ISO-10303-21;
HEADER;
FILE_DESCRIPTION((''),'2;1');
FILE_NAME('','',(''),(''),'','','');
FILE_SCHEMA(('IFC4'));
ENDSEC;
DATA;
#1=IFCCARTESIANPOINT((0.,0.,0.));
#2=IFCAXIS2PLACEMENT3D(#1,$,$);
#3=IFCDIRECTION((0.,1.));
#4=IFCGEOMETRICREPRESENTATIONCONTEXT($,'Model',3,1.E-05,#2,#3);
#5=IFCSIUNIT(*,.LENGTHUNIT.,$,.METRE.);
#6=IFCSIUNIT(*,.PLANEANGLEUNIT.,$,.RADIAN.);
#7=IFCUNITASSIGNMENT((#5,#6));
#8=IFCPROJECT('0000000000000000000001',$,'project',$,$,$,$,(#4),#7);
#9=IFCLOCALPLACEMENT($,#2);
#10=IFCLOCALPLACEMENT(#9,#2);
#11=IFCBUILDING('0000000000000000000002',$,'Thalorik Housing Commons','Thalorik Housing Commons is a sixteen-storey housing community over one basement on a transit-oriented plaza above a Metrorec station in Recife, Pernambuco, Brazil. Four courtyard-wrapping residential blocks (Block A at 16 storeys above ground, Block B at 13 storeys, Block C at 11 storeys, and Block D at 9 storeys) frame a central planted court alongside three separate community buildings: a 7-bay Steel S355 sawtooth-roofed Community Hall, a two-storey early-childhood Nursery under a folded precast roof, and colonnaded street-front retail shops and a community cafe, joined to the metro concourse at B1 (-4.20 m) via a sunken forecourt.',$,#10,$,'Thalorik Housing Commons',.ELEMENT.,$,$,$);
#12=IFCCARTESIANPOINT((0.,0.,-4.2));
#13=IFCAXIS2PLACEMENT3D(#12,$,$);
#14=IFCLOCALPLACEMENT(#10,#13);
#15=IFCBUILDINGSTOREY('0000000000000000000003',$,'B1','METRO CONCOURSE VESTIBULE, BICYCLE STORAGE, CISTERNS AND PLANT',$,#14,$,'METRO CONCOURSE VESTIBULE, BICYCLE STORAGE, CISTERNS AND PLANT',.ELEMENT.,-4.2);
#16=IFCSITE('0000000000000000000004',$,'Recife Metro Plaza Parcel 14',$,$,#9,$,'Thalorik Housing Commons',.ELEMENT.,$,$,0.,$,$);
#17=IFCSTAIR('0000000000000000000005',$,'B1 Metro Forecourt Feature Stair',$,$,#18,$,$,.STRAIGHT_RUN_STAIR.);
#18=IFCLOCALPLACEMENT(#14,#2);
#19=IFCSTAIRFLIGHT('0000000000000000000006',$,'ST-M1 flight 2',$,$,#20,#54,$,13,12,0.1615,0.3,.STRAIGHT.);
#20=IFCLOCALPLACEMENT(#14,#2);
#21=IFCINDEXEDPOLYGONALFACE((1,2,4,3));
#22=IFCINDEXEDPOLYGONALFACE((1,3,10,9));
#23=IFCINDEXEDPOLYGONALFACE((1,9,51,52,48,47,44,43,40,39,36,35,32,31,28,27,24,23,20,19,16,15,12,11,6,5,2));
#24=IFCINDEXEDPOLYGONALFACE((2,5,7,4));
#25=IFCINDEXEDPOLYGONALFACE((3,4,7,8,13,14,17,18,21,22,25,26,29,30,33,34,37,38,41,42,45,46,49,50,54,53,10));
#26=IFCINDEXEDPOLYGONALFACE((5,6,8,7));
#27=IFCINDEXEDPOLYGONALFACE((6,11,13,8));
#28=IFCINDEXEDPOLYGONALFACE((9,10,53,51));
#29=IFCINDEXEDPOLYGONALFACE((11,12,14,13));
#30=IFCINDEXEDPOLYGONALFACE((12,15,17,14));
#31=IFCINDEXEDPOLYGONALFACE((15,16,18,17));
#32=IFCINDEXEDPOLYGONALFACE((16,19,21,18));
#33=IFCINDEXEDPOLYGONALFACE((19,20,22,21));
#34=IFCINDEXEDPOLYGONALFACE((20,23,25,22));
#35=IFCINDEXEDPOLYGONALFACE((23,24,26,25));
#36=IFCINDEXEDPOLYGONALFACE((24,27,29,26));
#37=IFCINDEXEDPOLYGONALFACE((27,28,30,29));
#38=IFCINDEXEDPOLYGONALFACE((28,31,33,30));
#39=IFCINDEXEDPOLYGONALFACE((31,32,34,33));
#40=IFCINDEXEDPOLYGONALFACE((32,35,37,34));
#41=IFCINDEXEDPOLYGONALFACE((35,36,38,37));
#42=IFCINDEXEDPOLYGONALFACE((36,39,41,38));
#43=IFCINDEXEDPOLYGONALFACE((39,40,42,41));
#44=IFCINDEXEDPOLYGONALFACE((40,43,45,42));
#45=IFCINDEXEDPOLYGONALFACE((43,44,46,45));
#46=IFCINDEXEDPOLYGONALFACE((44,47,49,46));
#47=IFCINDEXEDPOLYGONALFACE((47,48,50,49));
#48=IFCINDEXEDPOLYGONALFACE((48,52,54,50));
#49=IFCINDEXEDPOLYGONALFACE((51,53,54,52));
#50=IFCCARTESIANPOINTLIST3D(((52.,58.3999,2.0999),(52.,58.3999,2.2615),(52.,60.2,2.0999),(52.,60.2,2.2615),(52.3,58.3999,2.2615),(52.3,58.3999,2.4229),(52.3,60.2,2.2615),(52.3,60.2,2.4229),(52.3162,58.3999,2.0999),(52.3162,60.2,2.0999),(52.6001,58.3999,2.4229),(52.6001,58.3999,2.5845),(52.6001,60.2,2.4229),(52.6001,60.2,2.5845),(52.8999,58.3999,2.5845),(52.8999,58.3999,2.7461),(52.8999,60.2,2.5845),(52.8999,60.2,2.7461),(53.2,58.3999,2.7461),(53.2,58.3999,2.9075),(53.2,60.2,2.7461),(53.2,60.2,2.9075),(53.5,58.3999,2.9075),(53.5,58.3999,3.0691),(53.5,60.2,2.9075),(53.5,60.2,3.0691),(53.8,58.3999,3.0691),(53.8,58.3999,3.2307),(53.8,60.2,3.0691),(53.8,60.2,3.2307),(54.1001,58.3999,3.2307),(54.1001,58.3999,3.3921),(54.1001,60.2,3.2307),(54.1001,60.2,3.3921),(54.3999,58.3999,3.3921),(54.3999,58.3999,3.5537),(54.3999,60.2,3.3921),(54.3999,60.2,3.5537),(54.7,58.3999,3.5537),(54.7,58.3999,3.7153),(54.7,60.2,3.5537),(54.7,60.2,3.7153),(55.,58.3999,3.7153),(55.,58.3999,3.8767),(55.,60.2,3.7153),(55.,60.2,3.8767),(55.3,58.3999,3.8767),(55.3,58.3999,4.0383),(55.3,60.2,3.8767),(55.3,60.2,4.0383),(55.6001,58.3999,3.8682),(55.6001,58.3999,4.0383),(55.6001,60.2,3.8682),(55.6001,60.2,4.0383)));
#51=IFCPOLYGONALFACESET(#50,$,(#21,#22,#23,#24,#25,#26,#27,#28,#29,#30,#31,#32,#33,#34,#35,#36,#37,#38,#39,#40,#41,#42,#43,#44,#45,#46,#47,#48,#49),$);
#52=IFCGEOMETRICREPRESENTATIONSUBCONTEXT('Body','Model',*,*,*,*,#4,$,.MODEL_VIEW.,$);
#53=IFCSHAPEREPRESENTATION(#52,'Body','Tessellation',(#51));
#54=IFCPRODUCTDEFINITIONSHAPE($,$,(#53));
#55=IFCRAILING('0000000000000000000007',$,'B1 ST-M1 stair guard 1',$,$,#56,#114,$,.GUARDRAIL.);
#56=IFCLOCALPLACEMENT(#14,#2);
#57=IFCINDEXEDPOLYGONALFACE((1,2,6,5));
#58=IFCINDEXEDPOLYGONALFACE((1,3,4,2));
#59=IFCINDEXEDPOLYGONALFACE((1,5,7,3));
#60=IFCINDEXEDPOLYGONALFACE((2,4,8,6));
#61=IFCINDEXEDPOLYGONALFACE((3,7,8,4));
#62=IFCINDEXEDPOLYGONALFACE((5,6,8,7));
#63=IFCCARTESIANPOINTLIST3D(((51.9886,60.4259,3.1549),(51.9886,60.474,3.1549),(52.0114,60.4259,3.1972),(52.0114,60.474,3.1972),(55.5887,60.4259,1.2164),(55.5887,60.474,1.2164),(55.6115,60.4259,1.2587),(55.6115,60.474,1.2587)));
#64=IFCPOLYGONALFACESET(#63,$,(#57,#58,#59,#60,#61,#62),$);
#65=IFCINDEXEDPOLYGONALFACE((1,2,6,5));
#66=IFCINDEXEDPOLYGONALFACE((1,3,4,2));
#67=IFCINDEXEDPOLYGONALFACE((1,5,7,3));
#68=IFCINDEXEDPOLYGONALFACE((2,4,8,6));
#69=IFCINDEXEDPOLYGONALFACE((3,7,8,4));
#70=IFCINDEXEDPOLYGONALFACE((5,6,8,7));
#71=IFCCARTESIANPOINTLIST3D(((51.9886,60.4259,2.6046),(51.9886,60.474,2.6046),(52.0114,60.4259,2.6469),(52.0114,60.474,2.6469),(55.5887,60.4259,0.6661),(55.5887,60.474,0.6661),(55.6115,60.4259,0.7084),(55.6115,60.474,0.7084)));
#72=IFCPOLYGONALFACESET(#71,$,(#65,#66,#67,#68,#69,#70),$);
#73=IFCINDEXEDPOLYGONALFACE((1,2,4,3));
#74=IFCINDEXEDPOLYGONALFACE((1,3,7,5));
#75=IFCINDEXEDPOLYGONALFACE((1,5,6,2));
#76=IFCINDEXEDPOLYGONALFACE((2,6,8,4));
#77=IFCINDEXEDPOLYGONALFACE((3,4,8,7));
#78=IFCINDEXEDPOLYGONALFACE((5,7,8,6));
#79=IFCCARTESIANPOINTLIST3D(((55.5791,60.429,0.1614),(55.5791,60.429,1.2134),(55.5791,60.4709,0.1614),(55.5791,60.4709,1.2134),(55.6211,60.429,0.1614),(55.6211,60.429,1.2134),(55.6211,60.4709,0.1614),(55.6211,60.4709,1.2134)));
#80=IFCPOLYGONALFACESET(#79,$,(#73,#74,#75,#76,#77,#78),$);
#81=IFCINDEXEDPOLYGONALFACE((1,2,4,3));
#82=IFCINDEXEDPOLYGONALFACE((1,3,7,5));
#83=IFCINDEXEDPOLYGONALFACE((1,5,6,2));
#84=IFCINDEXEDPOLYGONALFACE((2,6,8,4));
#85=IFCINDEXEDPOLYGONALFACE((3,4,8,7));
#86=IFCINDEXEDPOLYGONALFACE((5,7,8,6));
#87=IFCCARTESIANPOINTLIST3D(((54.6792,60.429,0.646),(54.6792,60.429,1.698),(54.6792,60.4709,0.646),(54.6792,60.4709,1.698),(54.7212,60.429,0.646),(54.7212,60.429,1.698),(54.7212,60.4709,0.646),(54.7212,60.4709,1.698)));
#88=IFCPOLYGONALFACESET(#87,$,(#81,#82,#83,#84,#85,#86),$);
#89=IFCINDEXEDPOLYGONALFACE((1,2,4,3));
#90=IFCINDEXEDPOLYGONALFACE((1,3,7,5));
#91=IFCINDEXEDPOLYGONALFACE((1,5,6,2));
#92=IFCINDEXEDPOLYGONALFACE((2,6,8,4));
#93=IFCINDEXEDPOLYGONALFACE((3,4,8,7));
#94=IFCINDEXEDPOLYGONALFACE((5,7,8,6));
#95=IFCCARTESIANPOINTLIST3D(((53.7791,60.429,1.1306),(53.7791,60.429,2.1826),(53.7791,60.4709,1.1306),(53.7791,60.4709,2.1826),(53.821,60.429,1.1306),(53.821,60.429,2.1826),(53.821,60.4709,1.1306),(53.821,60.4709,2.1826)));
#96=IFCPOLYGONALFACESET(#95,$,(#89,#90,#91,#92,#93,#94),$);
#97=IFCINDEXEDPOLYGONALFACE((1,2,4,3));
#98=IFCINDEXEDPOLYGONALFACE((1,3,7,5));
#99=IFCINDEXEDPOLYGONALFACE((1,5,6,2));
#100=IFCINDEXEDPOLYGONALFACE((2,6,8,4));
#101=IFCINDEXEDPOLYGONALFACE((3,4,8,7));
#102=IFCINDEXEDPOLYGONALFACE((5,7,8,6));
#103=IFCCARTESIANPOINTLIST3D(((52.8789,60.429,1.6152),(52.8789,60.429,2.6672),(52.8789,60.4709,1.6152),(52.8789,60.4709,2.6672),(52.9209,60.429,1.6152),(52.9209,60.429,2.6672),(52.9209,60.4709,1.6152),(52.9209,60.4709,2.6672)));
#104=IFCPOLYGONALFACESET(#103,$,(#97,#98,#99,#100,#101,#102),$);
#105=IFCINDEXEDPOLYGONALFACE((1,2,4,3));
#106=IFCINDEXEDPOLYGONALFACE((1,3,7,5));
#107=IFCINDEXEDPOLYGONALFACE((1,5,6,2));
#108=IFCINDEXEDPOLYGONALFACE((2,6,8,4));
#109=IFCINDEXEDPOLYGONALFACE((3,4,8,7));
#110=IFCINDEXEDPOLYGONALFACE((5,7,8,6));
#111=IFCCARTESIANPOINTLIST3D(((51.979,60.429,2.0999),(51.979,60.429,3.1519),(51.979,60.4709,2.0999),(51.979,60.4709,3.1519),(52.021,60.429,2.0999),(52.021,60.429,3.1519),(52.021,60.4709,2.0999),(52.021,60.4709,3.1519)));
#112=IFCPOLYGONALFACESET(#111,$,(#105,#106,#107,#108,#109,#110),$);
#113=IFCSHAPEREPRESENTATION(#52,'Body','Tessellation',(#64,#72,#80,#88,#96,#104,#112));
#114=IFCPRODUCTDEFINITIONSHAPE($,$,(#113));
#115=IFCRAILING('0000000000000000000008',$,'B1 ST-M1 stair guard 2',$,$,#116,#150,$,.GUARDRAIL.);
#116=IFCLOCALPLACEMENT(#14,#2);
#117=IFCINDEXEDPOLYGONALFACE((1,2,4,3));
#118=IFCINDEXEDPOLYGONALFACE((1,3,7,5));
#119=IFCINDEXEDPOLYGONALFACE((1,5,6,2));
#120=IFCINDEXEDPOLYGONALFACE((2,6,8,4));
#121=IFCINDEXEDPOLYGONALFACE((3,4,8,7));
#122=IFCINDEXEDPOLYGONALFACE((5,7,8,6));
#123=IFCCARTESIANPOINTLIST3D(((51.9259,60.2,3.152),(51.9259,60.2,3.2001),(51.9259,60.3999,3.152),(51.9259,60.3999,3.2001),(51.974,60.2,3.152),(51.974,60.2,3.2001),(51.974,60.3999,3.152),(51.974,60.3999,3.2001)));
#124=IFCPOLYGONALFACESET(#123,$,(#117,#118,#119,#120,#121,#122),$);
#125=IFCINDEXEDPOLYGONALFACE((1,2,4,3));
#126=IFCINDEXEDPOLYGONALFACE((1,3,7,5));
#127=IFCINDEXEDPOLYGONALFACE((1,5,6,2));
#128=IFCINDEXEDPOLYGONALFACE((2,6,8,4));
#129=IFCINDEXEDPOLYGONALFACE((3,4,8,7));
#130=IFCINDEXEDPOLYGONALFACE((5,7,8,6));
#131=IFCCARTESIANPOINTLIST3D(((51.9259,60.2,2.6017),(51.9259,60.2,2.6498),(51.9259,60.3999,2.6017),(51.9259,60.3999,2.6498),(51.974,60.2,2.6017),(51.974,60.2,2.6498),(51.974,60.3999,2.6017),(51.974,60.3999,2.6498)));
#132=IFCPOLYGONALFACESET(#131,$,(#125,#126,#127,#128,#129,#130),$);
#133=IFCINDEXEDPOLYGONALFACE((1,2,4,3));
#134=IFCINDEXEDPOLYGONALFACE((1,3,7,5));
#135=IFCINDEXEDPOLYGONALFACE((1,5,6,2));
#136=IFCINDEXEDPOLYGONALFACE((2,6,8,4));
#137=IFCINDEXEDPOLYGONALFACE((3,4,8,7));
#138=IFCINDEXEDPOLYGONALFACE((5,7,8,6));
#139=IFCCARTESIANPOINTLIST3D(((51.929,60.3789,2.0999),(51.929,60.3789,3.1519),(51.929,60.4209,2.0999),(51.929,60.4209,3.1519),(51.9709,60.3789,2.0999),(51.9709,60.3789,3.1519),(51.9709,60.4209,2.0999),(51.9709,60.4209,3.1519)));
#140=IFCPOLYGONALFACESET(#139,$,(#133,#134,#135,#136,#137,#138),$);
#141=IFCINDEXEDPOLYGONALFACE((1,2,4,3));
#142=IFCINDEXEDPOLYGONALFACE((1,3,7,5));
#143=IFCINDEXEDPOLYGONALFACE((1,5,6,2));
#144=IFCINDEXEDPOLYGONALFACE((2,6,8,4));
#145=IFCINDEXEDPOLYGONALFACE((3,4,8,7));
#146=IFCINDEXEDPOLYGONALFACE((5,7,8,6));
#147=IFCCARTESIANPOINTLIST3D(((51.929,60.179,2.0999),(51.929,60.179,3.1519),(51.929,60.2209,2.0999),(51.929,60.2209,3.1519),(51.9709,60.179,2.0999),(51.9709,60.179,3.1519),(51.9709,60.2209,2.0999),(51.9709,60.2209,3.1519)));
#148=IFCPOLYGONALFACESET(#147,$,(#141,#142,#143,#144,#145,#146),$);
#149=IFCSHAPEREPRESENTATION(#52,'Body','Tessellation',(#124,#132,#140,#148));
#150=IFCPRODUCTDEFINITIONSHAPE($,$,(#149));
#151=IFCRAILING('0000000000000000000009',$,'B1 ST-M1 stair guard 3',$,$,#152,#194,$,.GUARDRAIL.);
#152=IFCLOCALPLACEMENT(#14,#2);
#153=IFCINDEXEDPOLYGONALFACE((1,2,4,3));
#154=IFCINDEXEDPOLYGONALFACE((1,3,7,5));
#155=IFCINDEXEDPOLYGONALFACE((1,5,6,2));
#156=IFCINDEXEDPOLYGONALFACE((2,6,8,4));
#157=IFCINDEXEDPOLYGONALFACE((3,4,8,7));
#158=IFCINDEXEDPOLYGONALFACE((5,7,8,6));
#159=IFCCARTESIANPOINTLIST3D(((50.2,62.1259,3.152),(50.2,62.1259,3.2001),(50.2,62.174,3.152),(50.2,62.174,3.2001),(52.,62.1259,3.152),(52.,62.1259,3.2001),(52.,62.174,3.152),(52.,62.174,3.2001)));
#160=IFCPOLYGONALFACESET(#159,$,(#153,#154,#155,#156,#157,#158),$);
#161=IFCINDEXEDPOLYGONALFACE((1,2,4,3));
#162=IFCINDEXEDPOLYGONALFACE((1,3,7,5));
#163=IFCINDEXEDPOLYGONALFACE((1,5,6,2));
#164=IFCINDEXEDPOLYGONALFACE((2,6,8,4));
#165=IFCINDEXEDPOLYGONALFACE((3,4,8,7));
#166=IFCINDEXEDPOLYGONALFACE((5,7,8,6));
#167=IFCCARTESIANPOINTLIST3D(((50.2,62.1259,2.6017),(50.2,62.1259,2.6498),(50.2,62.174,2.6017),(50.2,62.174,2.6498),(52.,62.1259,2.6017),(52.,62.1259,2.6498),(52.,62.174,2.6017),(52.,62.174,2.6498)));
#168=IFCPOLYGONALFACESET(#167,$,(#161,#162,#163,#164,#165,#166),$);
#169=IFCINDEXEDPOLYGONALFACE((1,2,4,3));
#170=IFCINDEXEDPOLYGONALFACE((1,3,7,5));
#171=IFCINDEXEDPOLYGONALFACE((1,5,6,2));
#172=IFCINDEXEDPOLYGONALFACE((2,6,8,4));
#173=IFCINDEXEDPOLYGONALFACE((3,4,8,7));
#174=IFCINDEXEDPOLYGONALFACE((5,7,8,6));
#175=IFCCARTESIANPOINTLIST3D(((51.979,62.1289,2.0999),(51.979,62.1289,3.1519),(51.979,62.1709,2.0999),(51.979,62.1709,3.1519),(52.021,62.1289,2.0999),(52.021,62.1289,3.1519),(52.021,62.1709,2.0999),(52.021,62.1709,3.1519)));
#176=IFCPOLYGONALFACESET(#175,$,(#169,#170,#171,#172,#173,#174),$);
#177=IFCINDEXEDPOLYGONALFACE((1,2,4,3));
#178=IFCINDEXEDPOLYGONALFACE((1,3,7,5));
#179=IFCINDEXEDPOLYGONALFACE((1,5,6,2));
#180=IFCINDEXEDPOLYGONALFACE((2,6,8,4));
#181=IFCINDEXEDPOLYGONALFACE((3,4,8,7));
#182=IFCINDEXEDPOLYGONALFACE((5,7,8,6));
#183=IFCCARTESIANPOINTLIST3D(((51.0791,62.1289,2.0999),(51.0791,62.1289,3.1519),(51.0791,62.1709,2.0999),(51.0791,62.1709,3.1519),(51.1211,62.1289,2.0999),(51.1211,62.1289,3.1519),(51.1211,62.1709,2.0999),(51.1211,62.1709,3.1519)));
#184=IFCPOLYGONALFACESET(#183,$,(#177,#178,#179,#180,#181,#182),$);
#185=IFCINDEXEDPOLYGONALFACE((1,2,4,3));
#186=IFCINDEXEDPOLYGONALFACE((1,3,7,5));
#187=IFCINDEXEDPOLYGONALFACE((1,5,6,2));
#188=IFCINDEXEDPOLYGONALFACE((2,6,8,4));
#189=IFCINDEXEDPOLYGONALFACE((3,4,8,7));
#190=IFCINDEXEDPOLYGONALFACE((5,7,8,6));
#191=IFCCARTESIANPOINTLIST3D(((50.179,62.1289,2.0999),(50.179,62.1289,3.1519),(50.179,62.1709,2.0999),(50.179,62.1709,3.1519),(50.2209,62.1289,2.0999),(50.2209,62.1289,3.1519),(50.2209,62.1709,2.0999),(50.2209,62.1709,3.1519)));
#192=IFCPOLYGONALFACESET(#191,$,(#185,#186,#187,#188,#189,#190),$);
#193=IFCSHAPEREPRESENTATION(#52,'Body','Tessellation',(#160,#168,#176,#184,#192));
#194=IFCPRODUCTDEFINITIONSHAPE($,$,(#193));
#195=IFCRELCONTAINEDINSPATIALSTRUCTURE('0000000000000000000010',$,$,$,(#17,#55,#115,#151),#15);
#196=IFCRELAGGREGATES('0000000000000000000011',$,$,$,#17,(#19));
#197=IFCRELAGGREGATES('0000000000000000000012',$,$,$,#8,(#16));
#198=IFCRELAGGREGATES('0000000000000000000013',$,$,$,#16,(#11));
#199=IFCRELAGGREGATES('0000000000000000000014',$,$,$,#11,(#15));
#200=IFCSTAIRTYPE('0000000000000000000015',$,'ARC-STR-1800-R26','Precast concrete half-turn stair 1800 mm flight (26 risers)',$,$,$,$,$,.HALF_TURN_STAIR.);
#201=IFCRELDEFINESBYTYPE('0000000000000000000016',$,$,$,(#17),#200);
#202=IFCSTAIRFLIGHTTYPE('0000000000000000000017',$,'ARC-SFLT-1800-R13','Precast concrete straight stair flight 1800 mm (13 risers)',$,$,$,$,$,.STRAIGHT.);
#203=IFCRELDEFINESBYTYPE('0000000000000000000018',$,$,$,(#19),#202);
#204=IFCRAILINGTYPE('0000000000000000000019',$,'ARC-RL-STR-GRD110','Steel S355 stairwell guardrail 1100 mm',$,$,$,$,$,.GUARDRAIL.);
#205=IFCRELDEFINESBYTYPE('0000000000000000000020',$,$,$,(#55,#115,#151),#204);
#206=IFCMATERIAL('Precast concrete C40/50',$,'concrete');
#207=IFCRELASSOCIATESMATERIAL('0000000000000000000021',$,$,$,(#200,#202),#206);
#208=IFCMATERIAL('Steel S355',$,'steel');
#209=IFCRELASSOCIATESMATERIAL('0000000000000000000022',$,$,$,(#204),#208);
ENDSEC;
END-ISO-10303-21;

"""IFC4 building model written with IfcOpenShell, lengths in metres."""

from ifc_helpers import new_model, si_unit, direction, frame, origin, origin_2d, place, context, subcontext, project, spatial, polyline, rectangle, outline, extrude, material, type_object, element, aggregate, save


model = new_model("IFC4")

# Units and contexts
model_context = context("Model", 3, precision=1e-05, world=origin(), true_north=direction((0.0, 1.0)))
body_context = subcontext(model_context, "Body", "Model", "MODEL_VIEW")
ifc_project = project(units=[si_unit("LENGTHUNIT", "METRE"), si_unit("PLANEANGLEUNIT", "RADIAN")], contexts=[model_context])

# Site, building, storey
site_placement = place(None, origin())
site = spatial("IfcSite", under=ifc_project, at=site_placement, Name="Recife Metro Plaza Parcel 14", LongName="Thalorik Housing Commons", CompositionType="ELEMENT", RefElevation=0.0)
building_placement = place(site_placement, origin())
building = spatial("IfcBuilding", under=site, at=building_placement, Name="Thalorik Housing Commons", Description="Thalorik Housing Commons is a sixteen-storey housing community over one basement on a transit-oriented plaza above a Metrorec station in Recife, Pernambuco, Brazil. Four courtyard-wrapping residential blocks (Block A at 16 storeys above ground, Block B at 13 storeys, Block C at 11 storeys, and Block D at 9 storeys) frame a central planted court alongside three separate community buildings: a 7-bay Steel S355 sawtooth-roofed Community Hall, a two-storey early-childhood Nursery under a folded precast roof, and colonnaded street-front retail shops and a community cafe, joined to the metro concourse at B1 (-4.20 m) via a sunken forecourt.", LongName="Thalorik Housing Commons", CompositionType="ELEMENT")
storey_placement = place(building_placement, frame((0.0, 0.0, -4.2)))
storey = spatial("IfcBuildingStorey", under=building, at=storey_placement, Name="B1", Description="METRO CONCOURSE VESTIBULE, BICYCLE STORAGE, CISTERNS AND PLANT", LongName="METRO CONCOURSE VESTIBULE, BICYCLE STORAGE, CISTERNS AND PLANT", CompositionType="ELEMENT", Elevation=-4.2)

# Shared definitions
ifc_material_1 = material(Name="Precast concrete C40/50", Category="concrete")

# Stair, stair flight
stair_type = type_object("IfcStairType", Name="ARC-STR-1800-R26", Description="Precast concrete half-turn stair 1800 mm flight (26 risers)", PredefinedType="HALF_TURN_STAIR", material=ifc_material_1)
stair_placement = place(storey_placement, origin())
stair = element("IfcStair", 1, at=stair_placement, inside=storey, type_object=stair_type, Name="B1 Metro Forecourt Feature Stair", PredefinedType="STRAIGHT_RUN_STAIR")
stair_flight_type = type_object("IfcStairFlightType", Name="ARC-SFLT-1800-R13", Description="Precast concrete straight stair flight 1800 mm (13 risers)", PredefinedType="STRAIGHT", material=ifc_material_1)
stair_flight_1_placement = place(storey_placement, frame((52.0, 59.3, 2.0999), z_axis=(0.0, 0.0, 1.0), x_axis=(1.0, 0.0, 0.0)))
stair_flight_1 = element("IfcStairFlight", 2, at=stair_flight_1_placement, type_object=stair_flight_type, Name="ST-M1 flight 2", NumberOfRisers=13, NumberOfTreads=12, PredefinedType="STRAIGHT", RiserHeight=0.1615, TreadLength=0.3, context=body_context, shape_type="SweptSolid", body=[
    extrude(outline(polyline([(0.0, 0.0), (0.0, 0.1616), (0.3, 0.1616), (0.3, 0.323), (0.6001, 0.323), (0.6001, 0.4846), (0.8999, 0.4846), (0.8999, 0.6462), (1.2, 0.6462), (1.2, 0.8076), (1.5, 0.8076), (1.5, 0.9692), (1.8, 0.9692), (1.8, 1.1309), (2.1001, 1.1309), (2.1001, 1.2922), (2.3999, 1.2922), (2.3999, 1.4539), (2.7, 1.4539), (2.7, 1.6155), (3.0, 1.6155), (3.0, 1.7769), (3.3, 1.7769), (3.3, 1.9385), (3.6001, 1.9385), (3.6001, 2.1001), (3.6001, 1.7683), (0.3162, 0.0), (0.0, 0.0)])), frame((0.0, 0.8999, 0.0), z_axis=(0.0, -1.0, 0.0), x_axis=(1.0, 0.0, 0.0)), (0.0, 0.0, 1.0), 1.8),
])
aggregate(stair, [stair_flight_1])

# Railings
ifc_material_2 = material(Name="Steel S355", Category="steel")
railing_type_1 = type_object("IfcRailingType", Name="ARC-RL-STR-GRD110", Description="Steel S355 stairwell guardrail 1100 mm", PredefinedType="GUARDRAIL", material=ifc_material_2)
railing_1_placement = place(storey_placement, frame((55.6001, 60.45, 0.1614)))
element("IfcRailing", 3, at=railing_1_placement, inside=storey, type_object=railing_type_1, Name="B1 ST-M1 stair guard 1", PredefinedType="GUARDRAIL", context=body_context, shape_type="SweptSolid", body=[
    extrude(rectangle(XDim=0.0481, YDim=0.0481, at=origin_2d()), frame((0.0, 0.0, 1.0762), z_axis=(-0.880475, 0.0, 0.474093), x_axis=(0.0, -1.0, 0.0)), (0.0, 0.0, 1.0), 4.0889),
    extrude(rectangle(XDim=0.0481, YDim=0.0481, at=origin_2d()), frame((0.0, 0.0, 0.5259), z_axis=(-0.880475, 0.0, 0.474093), x_axis=(0.0, -1.0, 0.0)), (0.0, 0.0, 1.0), 4.0889),
    extrude(rectangle(XDim=0.042, YDim=0.042, at=origin_2d()), origin(), (0.0, 0.0, 1.0), 1.052),
    extrude(rectangle(XDim=0.042, YDim=0.042, at=origin_2d()), frame((-0.8999, 0.0, 0.4846)), (0.0, 0.0, 1.0), 1.052),
    extrude(rectangle(XDim=0.042, YDim=0.042, at=origin_2d()), frame((-1.8, 0.0, 0.9692)), (0.0, 0.0, 1.0), 1.052),
    extrude(rectangle(XDim=0.042, YDim=0.042, at=origin_2d()), frame((-2.7002, 0.0, 1.4539)), (0.0, 0.0, 1.0), 1.052),
    extrude(rectangle(XDim=0.042, YDim=0.042, at=origin_2d()), frame((-3.6001, 0.0, 1.9385)), (0.0, 0.0, 1.0), 1.052),
])
railing_2_placement = place(storey_placement, frame((51.95, 60.3999, 2.0999)))
element("IfcRailing", 4, at=railing_2_placement, inside=storey, type_object=railing_type_1, Name="B1 ST-M1 stair guard 2", PredefinedType="GUARDRAIL", context=body_context, shape_type="SweptSolid", body=[
    extrude(rectangle(XDim=0.0481, YDim=0.0481, at=origin_2d()), frame((0.0, 0.0, 1.0762), z_axis=(0.0, -1.0, 0.0), x_axis=(1.0, 0.0, 0.0)), (0.0, 0.0, 1.0), 0.2),
    extrude(rectangle(XDim=0.0481, YDim=0.0481, at=origin_2d()), frame((0.0, 0.0, 0.5259), z_axis=(0.0, -1.0, 0.0), x_axis=(1.0, 0.0, 0.0)), (0.0, 0.0, 1.0), 0.2),
    extrude(rectangle(XDim=0.042, YDim=0.042, at=origin_2d()), origin(), (0.0, 0.0, 1.0), 1.052),
    extrude(rectangle(XDim=0.042, YDim=0.042, at=origin_2d()), frame((0.0, -0.2, 0.0)), (0.0, 0.0, 1.0), 1.052),
])
for number, where, name in (
    (5, (52.0, 62.1499, 2.0999), "B1 ST-M1 stair guard 3"),
):
    element("IfcRailing", number, at=place(storey_placement, frame(where)), inside=storey, type_object=railing_type_1, Name=name, PredefinedType="GUARDRAIL", context=body_context, shape_type="SweptSolid", body=[
        extrude(rectangle(XDim=0.0481, YDim=0.0481, at=origin_2d()), frame((0.0, 0.0, 1.0762), z_axis=(-1.0, 0.0, 0.0), x_axis=(0.0, -1.0, 0.0)), (0.0, 0.0, 1.0), 1.8),
        extrude(rectangle(XDim=0.0481, YDim=0.0481, at=origin_2d()), frame((0.0, 0.0, 0.5259), z_axis=(-1.0, 0.0, 0.0), x_axis=(0.0, -1.0, 0.0)), (0.0, 0.0, 1.0), 1.8),
        extrude(rectangle(XDim=0.042, YDim=0.042, at=origin_2d()), origin(), (0.0, 0.0, 1.0), 1.052),
        extrude(rectangle(XDim=0.042, YDim=0.042, at=origin_2d()), frame((-0.8999, 0.0, 0.0)), (0.0, 0.0, 1.0), 1.052),
        extrude(rectangle(XDim=0.042, YDim=0.042, at=origin_2d()), frame((-1.8, 0.0, 0.0)), (0.0, 0.0, 1.0), 1.052),
    ])

save(model, "model.ifc")
